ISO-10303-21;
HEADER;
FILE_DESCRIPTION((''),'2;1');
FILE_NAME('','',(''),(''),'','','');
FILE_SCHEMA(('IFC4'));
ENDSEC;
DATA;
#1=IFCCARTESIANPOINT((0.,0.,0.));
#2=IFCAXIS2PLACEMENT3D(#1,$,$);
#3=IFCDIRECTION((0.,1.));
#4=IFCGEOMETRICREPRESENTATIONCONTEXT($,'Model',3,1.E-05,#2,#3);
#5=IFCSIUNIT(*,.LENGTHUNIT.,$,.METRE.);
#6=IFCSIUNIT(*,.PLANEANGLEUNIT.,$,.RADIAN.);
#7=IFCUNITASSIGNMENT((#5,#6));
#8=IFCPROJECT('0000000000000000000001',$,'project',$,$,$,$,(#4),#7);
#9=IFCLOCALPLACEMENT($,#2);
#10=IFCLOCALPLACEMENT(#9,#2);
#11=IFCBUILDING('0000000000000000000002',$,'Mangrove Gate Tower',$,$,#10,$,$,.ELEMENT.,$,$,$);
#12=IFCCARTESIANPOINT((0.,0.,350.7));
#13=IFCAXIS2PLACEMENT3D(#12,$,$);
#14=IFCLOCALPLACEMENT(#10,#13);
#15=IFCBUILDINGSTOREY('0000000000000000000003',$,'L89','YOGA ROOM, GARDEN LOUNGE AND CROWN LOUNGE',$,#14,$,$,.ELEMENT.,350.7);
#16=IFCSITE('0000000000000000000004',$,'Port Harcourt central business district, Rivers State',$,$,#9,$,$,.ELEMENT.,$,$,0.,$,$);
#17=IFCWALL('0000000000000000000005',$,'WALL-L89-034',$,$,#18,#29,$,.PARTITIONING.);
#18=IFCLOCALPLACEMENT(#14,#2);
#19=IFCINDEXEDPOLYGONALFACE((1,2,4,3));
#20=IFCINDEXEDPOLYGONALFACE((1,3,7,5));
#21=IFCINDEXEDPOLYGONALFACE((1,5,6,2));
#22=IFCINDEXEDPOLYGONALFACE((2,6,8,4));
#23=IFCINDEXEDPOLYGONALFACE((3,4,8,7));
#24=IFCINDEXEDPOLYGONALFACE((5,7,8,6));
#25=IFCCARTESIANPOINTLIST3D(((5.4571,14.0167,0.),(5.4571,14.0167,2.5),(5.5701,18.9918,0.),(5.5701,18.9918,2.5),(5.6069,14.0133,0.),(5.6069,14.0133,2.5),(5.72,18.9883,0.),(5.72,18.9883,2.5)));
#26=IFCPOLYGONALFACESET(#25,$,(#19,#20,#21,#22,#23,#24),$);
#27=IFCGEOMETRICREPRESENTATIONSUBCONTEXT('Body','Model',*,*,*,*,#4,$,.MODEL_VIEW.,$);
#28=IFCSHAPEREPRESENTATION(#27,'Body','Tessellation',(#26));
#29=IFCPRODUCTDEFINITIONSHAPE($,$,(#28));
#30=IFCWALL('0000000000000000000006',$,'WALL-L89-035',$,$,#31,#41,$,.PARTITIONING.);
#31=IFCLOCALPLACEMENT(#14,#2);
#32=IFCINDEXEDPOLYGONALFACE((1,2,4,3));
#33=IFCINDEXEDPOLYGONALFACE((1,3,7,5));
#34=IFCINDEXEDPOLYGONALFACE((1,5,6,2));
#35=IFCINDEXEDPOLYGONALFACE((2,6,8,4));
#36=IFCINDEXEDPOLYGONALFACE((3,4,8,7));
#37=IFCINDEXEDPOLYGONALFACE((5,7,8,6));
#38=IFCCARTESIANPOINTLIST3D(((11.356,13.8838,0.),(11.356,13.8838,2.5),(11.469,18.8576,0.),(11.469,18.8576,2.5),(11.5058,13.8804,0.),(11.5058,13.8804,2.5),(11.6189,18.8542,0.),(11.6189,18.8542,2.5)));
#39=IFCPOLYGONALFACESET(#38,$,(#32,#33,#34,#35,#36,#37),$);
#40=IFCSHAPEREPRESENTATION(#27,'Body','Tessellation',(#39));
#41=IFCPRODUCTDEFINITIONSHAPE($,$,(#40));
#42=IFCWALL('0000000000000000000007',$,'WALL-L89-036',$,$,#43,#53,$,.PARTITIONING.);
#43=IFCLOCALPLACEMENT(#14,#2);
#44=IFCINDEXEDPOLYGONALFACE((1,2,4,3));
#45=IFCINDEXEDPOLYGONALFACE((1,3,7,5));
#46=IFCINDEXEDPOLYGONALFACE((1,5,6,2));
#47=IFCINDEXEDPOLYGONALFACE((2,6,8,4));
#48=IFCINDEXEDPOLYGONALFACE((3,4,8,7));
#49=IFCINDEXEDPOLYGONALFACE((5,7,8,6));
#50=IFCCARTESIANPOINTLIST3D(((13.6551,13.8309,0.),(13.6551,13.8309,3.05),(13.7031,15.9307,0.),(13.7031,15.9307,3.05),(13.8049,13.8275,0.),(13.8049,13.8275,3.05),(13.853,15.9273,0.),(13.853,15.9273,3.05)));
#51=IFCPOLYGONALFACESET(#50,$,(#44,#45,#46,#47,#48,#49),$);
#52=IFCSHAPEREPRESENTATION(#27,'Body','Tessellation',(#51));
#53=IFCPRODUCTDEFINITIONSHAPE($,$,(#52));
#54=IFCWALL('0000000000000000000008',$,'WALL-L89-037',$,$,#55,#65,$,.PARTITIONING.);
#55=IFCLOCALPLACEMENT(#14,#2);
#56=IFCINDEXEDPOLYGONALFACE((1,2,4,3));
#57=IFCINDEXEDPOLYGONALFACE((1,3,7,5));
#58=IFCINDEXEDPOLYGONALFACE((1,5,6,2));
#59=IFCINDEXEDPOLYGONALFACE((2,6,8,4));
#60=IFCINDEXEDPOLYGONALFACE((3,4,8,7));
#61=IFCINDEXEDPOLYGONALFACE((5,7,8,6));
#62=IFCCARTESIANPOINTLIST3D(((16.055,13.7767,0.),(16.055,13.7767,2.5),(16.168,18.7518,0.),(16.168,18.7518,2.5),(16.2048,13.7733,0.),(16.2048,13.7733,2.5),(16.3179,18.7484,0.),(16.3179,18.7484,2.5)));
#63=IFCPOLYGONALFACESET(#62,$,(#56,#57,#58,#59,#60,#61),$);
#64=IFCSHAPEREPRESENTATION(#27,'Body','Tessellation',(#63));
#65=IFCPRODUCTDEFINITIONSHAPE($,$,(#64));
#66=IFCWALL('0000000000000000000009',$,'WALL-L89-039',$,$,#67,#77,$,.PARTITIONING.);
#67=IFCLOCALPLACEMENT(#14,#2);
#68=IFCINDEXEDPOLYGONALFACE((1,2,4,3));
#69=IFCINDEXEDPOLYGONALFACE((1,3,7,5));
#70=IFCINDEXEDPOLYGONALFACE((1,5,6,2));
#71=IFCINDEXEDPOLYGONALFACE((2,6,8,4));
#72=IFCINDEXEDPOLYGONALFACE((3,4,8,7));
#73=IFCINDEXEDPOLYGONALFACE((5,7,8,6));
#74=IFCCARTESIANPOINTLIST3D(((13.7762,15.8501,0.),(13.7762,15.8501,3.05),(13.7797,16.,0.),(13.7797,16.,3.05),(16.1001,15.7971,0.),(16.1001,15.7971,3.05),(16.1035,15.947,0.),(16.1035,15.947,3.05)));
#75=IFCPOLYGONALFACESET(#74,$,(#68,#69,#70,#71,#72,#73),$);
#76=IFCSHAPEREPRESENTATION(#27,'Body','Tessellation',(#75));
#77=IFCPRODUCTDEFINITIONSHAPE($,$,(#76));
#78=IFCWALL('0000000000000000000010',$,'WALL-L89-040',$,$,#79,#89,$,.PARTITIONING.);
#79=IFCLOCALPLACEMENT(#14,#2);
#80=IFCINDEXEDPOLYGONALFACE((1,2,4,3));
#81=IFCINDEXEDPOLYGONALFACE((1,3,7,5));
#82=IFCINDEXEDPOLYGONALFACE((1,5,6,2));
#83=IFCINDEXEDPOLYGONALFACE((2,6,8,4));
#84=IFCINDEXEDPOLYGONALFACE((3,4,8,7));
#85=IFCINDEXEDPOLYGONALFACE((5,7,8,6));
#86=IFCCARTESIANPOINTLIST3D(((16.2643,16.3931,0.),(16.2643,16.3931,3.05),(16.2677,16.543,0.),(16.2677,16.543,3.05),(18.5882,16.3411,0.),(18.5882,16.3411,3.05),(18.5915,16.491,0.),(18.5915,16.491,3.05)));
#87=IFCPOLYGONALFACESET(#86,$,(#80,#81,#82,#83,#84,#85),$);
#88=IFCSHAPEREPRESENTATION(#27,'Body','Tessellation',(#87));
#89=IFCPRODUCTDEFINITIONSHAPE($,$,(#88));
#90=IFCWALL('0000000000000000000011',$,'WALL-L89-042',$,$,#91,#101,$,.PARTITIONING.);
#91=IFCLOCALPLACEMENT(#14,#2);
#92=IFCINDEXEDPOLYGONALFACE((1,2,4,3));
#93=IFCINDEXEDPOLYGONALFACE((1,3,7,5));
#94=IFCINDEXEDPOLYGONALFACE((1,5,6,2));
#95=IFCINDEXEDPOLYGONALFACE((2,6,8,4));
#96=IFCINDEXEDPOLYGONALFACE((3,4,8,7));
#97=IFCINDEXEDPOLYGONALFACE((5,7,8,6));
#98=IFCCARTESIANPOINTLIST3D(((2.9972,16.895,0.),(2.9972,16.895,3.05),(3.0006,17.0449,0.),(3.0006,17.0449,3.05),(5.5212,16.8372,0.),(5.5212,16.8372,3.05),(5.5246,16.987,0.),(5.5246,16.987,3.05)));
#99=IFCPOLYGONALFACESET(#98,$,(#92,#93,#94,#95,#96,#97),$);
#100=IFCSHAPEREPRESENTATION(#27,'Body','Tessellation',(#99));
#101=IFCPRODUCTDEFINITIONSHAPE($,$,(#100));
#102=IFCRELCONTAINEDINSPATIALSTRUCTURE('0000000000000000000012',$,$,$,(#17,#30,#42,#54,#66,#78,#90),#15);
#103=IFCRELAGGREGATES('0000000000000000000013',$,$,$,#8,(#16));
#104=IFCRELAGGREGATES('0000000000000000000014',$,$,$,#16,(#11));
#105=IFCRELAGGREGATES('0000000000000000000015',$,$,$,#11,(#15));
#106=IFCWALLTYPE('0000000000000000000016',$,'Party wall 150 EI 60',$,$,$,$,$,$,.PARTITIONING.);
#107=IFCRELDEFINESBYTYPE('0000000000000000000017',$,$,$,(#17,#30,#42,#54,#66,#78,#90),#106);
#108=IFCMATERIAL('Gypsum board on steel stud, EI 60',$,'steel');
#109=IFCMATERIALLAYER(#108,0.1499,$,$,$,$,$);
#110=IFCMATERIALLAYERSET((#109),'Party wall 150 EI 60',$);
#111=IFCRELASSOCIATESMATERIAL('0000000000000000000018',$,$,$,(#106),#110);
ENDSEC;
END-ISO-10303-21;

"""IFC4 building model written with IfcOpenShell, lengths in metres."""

from ifc_helpers import new_model, si_unit, direction, frame, frame_2d, origin, place, context, subcontext, project, spatial, rectangle, extrude, material, layer, layer_set, type_object, element, save


model = new_model("IFC4")

# Units and contexts
model_context = context("Model", 3, precision=1e-05, world=origin(), true_north=direction((0.0, 1.0)))
body_context = subcontext(model_context, "Body", "Model", "MODEL_VIEW")
ifc_project = project(units=[si_unit("LENGTHUNIT", "METRE"), si_unit("PLANEANGLEUNIT", "RADIAN")], contexts=[model_context])

# Site, building, storey
site_placement = place(None, origin())
site = spatial("IfcSite", under=ifc_project, at=site_placement, Name="Port Harcourt central business district, Rivers State", CompositionType="ELEMENT", RefElevation=0.0)
building_placement = place(site_placement, origin())
building = spatial("IfcBuilding", under=site, at=building_placement, Name="Mangrove Gate Tower", CompositionType="ELEMENT")
storey_placement = place(building_placement, frame((0.0, 0.0, 350.7)))
storey = spatial("IfcBuildingStorey", under=building, at=storey_placement, Name="L89", Description="YOGA ROOM, GARDEN LOUNGE AND CROWN LOUNGE", CompositionType="ELEMENT", Elevation=350.7)

# Walls
ifc_material_1 = material(Name="Gypsum board on steel stud, EI 60", Category="steel")
ifc_layer_1 = layer(ifc_material_1, 0.1499)
ifc_layer_set_1 = layer_set([ifc_layer_1], Name="Party wall 150 EI 60")
wall_type_1 = type_object("IfcWallType", Name="Party wall 150 EI 60", PredefinedType="PARTITIONING", material=ifc_layer_set_1)
wall_1_placement = place(storey_placement, frame((5.532, 14.0149, 0.0), z_axis=(0.0, 0.0, 1.0), x_axis=(0.022715, 0.999742, 0.0)))
element("IfcWall", 1, at=wall_1_placement, inside=storey, type_object=wall_type_1, Name="WALL-L89-034", PredefinedType="PARTITIONING", context=body_context, shape_type="SweptSolid", body=[
    extrude(rectangle(XDim=4.9763, YDim=0.1499, at=frame_2d((2.4883, 0.0))), origin(), (0.0, 0.0, 1.0), 2.5),
])
wall_2_placement = place(storey_placement, frame((11.4309, 13.8821, 0.0), z_axis=(0.0, 0.0, 1.0), x_axis=(0.02272, 0.999742, 0.0)))
element("IfcWall", 2, at=wall_2_placement, inside=storey, type_object=wall_type_1, Name="WALL-L89-035", PredefinedType="PARTITIONING", context=body_context, shape_type="SweptSolid", body=[
    extrude(rectangle(XDim=4.9751, YDim=0.1499, at=frame_2d((2.4875, 0.0))), origin(), (0.0, 0.0, 1.0), 2.5),
])
wall_3_placement = place(storey_placement, frame((13.73, 13.8291, 0.0), z_axis=(0.0, 0.0, 1.0), x_axis=(0.022898, 0.999738, 0.0)))
element("IfcWall", 3, at=wall_3_placement, inside=storey, type_object=wall_type_1, Name="WALL-L89-036", PredefinedType="PARTITIONING", context=body_context, shape_type="SweptSolid", body=[
    extrude(rectangle(XDim=2.1003, YDim=0.1499, at=frame_2d((1.0503, 0.0))), origin(), (0.0, 0.0, 1.0), 3.05),
])
wall_4_placement = place(storey_placement, frame((16.1299, 13.7749, 0.0), z_axis=(0.0, 0.0, 1.0), x_axis=(0.022715, 0.999742, 0.0)))
element("IfcWall", 4, at=wall_4_placement, inside=storey, type_object=wall_type_1, Name="WALL-L89-037", PredefinedType="PARTITIONING", context=body_context, shape_type="SweptSolid", body=[
    extrude(rectangle(XDim=4.9763, YDim=0.1499, at=frame_2d((2.4883, 0.0))), origin(), (0.0, 0.0, 1.0), 2.5),
])
for number, where, z_axis, x_axis, name in (
    (5, (13.7781, 15.925, 0.0), (0.0, 0.0, 1.0), (0.99974, -0.022791, 0.0), "WALL-L89-039"),
    (6, (16.2661, 16.468, 0.0), (0.0, 0.0, 1.0), (0.99975, -0.022371, 0.0), "WALL-L89-040"),
):
    element("IfcWall", number, at=place(storey_placement, frame(where, z_axis=z_axis, x_axis=x_axis)), inside=storey, type_object=wall_type_1, Name=name, PredefinedType="PARTITIONING", context=body_context, shape_type="SweptSolid", body=[
        extrude(rectangle(XDim=2.3245, YDim=0.1499, at=frame_2d((1.1621, 0.0))), origin(), (0.0, 0.0, 1.0), 3.05),
    ])
wall_5_placement = place(storey_placement, frame((2.999, 16.97, 0.0), z_axis=(0.0, 0.0, 1.0), x_axis=(0.999737, -0.022919, 0.0)))
element("IfcWall", 7, at=wall_5_placement, inside=storey, type_object=wall_type_1, Name="WALL-L89-042", PredefinedType="PARTITIONING", context=body_context, shape_type="SweptSolid", body=[
    extrude(rectangle(XDim=2.5247, YDim=0.1499, at=frame_2d((1.2622, 0.0))), origin(), (0.0, 0.0, 1.0), 3.05),
])

save(model, "model.ifc")
